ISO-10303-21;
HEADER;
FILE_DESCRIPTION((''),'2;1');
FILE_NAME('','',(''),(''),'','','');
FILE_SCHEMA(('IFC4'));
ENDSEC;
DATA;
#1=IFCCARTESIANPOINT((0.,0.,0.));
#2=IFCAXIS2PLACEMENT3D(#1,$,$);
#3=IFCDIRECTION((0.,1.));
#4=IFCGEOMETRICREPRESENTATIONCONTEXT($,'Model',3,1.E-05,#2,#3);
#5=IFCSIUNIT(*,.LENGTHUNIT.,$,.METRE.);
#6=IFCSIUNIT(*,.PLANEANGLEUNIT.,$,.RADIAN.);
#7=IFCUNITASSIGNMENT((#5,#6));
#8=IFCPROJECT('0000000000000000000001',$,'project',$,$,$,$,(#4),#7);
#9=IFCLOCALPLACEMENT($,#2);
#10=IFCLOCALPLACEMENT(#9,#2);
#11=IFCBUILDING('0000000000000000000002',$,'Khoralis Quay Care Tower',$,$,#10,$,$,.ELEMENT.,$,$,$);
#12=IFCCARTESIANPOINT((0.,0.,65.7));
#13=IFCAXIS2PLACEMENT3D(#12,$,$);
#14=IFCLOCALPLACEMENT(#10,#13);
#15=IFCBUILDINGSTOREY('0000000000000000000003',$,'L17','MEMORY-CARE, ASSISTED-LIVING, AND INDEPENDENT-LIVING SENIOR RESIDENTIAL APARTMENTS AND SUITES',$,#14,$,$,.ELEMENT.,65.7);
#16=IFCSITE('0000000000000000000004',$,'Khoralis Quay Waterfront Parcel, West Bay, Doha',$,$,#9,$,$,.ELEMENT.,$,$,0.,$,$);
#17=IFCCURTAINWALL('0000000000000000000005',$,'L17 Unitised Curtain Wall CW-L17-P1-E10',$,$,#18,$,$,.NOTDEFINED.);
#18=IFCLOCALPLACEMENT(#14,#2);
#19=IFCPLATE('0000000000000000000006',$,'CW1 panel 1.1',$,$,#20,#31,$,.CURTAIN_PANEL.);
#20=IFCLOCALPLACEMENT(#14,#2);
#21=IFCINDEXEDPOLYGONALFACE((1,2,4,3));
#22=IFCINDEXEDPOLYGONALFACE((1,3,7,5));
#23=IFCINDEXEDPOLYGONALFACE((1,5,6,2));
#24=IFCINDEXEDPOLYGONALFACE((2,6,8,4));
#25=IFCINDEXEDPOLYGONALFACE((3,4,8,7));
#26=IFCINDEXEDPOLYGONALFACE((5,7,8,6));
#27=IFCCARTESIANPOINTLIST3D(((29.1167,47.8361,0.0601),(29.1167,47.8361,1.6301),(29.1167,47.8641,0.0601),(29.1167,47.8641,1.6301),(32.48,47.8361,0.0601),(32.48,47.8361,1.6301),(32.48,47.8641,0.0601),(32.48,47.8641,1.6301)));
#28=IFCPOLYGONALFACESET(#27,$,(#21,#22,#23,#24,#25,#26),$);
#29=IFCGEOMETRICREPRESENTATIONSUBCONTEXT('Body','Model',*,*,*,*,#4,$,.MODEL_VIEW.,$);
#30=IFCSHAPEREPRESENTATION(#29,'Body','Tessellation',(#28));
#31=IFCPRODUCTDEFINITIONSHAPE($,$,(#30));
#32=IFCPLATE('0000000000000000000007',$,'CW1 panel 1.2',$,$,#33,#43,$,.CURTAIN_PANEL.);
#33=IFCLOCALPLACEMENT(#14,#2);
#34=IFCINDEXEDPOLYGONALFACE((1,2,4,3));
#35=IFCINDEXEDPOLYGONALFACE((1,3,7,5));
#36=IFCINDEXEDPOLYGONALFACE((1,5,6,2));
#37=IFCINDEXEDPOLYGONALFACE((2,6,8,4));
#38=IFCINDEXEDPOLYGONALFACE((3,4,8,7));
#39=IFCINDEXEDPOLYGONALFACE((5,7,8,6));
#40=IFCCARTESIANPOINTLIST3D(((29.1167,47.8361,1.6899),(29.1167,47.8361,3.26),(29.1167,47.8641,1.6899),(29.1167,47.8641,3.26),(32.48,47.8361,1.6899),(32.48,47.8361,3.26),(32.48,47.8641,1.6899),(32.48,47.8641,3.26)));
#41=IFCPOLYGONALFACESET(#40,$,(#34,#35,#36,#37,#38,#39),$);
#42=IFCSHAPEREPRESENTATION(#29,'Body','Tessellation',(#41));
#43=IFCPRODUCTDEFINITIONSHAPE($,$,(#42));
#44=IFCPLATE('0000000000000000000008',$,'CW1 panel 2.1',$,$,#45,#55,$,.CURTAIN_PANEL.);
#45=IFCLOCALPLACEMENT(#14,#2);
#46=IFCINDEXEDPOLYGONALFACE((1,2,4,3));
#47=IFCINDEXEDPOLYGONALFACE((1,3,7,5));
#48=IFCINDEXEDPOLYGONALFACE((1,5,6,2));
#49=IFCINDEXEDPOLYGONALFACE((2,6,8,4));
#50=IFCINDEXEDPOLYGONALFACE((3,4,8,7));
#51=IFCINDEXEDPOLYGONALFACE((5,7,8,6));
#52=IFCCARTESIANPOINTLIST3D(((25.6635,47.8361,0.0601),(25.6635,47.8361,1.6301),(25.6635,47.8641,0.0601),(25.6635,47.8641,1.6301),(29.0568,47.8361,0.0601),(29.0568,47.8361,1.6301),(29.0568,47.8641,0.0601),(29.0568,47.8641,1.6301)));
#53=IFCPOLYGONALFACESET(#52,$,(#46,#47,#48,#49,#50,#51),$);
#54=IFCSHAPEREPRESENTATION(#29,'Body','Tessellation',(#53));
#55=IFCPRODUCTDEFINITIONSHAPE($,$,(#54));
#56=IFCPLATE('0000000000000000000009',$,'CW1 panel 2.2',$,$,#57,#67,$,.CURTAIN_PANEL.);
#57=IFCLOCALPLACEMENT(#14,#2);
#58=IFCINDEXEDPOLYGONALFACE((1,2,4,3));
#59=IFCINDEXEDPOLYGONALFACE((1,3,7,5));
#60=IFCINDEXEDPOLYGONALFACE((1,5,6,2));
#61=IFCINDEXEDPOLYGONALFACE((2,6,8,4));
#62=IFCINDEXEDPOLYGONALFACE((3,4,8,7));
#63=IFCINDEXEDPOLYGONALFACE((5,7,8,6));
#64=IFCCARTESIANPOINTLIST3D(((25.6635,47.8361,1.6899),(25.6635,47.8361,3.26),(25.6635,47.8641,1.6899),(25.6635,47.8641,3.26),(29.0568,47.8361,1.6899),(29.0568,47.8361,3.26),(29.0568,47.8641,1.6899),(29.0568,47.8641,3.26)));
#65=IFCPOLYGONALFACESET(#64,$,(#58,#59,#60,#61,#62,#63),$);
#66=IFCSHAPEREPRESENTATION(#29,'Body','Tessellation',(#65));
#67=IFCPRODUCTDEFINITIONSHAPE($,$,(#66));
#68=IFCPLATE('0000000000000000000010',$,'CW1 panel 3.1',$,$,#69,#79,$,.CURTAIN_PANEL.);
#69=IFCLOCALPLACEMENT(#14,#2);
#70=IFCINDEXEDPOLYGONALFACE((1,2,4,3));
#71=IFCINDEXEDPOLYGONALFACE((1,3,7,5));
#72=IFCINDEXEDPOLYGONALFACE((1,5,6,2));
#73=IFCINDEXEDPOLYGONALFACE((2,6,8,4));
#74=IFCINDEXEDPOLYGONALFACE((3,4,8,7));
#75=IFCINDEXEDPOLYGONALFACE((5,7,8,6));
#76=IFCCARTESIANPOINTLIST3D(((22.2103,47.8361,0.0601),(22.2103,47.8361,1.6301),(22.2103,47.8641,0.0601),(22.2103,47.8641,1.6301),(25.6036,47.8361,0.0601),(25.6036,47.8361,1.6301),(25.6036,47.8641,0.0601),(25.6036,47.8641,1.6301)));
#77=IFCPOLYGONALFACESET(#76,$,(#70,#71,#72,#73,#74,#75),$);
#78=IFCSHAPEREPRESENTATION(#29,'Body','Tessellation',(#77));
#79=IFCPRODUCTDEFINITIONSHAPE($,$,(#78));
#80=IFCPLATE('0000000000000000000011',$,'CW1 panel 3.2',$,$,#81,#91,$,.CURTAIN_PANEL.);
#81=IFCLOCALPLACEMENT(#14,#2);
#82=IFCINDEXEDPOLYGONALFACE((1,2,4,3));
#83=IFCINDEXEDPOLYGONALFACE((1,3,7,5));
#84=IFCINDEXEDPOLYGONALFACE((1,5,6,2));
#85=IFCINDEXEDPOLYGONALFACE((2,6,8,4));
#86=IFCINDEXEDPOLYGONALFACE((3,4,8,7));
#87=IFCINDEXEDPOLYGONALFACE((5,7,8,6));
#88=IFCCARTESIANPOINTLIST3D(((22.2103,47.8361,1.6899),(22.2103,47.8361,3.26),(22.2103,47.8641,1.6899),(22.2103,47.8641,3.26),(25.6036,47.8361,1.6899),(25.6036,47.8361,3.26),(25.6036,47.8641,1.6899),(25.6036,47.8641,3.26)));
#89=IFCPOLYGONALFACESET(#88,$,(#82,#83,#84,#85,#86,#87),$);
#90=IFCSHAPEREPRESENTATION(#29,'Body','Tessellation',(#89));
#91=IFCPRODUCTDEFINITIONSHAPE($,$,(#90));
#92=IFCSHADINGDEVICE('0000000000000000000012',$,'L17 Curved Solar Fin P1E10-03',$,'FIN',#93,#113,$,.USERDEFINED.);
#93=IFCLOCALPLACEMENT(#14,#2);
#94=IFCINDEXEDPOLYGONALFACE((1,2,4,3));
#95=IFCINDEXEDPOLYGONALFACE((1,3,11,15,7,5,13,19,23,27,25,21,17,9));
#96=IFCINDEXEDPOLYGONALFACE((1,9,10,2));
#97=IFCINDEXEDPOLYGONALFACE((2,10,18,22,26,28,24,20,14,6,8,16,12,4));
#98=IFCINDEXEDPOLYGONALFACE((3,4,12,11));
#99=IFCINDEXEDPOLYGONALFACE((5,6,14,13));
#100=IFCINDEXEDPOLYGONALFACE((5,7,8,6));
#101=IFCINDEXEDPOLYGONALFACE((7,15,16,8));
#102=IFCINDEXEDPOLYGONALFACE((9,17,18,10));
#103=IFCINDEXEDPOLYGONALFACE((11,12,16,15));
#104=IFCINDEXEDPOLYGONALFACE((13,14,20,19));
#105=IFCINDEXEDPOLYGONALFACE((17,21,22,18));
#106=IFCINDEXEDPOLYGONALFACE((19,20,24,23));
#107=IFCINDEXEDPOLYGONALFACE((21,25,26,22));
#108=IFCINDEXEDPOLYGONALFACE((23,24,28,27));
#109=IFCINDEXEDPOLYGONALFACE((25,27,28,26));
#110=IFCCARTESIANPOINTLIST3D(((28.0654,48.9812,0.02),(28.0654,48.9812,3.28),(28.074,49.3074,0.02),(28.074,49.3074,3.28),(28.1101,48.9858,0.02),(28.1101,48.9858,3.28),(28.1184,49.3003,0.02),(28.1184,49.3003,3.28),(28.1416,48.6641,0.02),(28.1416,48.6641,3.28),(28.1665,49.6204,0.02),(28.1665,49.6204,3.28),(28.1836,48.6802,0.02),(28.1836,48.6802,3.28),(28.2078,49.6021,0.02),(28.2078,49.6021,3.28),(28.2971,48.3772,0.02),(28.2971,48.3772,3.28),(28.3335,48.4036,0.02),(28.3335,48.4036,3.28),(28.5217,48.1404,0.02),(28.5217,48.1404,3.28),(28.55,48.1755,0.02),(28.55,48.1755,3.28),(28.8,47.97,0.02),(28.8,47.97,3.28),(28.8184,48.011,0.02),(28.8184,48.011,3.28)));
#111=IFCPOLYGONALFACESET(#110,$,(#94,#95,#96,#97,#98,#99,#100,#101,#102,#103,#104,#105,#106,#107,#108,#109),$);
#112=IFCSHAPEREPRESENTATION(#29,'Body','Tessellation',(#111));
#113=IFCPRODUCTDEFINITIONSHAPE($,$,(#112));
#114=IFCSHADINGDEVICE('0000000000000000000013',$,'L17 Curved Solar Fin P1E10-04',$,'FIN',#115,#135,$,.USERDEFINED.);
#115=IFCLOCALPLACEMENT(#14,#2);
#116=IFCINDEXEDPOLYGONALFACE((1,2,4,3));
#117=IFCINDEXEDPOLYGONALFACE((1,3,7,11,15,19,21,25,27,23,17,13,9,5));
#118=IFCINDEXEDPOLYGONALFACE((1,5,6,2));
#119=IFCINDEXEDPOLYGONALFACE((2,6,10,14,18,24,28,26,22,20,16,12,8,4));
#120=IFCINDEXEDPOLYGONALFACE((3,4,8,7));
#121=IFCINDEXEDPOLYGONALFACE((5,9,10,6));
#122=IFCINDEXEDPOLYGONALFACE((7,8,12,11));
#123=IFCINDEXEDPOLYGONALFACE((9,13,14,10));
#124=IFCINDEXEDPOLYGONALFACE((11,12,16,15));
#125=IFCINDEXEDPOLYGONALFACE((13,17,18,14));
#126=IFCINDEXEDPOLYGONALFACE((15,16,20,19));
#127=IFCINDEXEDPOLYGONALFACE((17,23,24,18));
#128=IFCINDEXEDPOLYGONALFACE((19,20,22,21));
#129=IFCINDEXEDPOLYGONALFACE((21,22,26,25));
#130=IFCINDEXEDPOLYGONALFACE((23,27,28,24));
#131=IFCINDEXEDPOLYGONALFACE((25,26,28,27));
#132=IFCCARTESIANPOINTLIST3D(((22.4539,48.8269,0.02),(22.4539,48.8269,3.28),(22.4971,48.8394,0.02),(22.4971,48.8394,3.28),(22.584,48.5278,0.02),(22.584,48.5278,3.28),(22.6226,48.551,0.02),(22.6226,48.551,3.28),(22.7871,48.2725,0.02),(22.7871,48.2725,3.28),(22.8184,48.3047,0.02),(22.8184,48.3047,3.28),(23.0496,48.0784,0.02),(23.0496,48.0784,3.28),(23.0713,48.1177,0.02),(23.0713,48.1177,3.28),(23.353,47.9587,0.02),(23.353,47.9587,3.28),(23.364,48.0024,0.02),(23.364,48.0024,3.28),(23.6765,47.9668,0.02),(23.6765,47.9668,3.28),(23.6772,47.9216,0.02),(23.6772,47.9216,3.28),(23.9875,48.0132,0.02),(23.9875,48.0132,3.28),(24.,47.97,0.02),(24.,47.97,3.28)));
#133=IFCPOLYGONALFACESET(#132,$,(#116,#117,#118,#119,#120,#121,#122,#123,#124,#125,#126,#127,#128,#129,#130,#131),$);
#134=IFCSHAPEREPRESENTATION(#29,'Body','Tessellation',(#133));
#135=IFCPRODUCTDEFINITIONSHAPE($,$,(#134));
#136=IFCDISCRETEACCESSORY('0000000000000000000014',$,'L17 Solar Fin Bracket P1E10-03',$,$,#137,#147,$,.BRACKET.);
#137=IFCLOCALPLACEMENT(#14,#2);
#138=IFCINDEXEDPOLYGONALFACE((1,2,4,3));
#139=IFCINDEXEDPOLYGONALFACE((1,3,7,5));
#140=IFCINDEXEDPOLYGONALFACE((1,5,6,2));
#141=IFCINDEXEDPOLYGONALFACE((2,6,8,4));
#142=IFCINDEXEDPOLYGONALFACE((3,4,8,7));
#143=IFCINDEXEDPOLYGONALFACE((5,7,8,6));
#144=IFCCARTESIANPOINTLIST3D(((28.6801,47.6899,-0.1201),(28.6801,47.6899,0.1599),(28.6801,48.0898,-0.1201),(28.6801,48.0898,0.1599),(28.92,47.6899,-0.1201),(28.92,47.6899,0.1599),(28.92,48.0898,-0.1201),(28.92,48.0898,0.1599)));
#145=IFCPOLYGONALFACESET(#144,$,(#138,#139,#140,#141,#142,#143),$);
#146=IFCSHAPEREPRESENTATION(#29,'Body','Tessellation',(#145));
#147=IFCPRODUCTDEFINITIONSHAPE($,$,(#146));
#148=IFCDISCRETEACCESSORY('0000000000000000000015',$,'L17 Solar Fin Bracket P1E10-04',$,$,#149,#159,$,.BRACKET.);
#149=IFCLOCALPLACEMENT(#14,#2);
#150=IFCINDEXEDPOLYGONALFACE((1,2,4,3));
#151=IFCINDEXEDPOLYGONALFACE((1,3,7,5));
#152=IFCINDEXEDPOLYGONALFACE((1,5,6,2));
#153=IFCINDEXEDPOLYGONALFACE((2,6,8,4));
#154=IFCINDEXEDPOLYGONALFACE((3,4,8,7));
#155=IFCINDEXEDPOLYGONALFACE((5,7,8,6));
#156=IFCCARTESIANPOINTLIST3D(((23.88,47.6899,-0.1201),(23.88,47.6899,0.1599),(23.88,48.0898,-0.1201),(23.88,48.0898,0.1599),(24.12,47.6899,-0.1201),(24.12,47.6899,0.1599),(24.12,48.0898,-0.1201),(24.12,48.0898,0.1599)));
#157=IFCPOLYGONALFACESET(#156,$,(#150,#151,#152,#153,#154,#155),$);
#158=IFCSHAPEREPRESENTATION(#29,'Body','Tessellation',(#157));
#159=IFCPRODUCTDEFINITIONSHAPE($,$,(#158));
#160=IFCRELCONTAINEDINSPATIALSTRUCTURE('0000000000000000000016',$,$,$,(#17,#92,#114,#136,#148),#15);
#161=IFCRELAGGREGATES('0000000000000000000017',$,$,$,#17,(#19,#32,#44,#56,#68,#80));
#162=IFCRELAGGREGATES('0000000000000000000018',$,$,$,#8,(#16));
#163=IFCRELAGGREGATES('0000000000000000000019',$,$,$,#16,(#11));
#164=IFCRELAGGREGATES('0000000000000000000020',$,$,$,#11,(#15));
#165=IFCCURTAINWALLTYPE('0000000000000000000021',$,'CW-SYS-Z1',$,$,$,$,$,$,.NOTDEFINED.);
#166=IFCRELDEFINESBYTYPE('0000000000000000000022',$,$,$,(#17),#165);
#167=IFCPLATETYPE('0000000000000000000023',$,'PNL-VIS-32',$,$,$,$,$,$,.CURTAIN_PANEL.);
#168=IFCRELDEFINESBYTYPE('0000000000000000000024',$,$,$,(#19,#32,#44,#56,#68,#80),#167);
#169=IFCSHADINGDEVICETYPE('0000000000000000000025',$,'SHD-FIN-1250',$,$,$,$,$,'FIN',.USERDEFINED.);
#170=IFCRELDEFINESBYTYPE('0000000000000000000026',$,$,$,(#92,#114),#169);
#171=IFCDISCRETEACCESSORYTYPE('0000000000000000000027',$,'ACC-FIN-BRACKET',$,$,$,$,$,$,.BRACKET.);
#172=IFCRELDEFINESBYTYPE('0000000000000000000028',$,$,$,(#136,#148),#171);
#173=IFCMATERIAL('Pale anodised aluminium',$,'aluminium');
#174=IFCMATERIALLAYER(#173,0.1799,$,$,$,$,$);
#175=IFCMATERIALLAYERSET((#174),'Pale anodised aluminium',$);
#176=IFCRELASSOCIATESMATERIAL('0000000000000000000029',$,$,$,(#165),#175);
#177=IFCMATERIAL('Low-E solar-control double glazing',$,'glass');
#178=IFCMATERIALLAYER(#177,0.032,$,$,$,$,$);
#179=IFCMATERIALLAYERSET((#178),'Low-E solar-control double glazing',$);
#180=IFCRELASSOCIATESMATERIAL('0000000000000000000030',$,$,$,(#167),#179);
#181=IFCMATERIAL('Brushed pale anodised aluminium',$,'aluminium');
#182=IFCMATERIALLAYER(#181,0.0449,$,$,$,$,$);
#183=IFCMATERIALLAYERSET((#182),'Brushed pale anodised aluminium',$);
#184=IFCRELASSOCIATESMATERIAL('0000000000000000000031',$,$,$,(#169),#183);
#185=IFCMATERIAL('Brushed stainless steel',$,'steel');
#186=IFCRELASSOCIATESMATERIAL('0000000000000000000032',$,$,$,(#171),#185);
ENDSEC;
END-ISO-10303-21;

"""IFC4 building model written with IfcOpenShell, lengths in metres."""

from ifc_helpers import new_model, si_unit, direction, frame, origin, origin_2d, place, context, subcontext, project, spatial, polyline, rectangle, outline, extrude, source, transform, mapped, material, layer, layer_set, type_object, element, aggregate, save


model = new_model("IFC4")

# Units and contexts
model_context = context("Model", 3, precision=1e-05, world=origin(), true_north=direction((0.0, 1.0)))
body_context = subcontext(model_context, "Body", "Model", "MODEL_VIEW")
ifc_project = project(units=[si_unit("LENGTHUNIT", "METRE"), si_unit("PLANEANGLEUNIT", "RADIAN")], contexts=[model_context])

# Site, building, storey
site_placement = place(None, origin())
site = spatial("IfcSite", under=ifc_project, at=site_placement, Name="Khoralis Quay Waterfront Parcel, West Bay, Doha", CompositionType="ELEMENT", RefElevation=0.0)
building_placement = place(site_placement, origin())
building = spatial("IfcBuilding", under=site, at=building_placement, Name="Khoralis Quay Care Tower", CompositionType="ELEMENT")
storey_placement = place(building_placement, frame((0.0, 0.0, 65.7)))
storey = spatial("IfcBuildingStorey", under=building, at=storey_placement, Name="L17", Description="MEMORY-CARE, ASSISTED-LIVING, AND INDEPENDENT-LIVING SENIOR RESIDENTIAL APARTMENTS AND SUITES", CompositionType="ELEMENT", Elevation=65.7)

# Curtain wall
ifc_material_1 = material(Name="Pale anodised aluminium", Category="aluminium")
ifc_layer_1 = layer(ifc_material_1, 0.1799)
ifc_layer_set_1 = layer_set([ifc_layer_1], Name="Pale anodised aluminium")
curtain_wall_type = type_object("IfcCurtainWallType", Name="CW-SYS-Z1", PredefinedType="NOTDEFINED", material=ifc_layer_set_1)
curtain_wall_placement = place(storey_placement, origin())
curtain_wall = element("IfcCurtainWall", 1, at=curtain_wall_placement, inside=storey, type_object=curtain_wall_type, Name="L17 Unitised Curtain Wall CW-L17-P1-E10", PredefinedType="NOTDEFINED")

# Plates
ifc_material_2 = material(Name="Low-E solar-control double glazing", Category="glass")
ifc_layer_2 = layer(ifc_material_2, 0.032)
ifc_layer_set_2 = layer_set([ifc_layer_2], Name="Low-E solar-control double glazing")
plate_type = type_object("IfcPlateType", Name="PNL-VIS-32", PredefinedType="CURTAIN_PANEL", material=ifc_layer_set_2)
shared_shape_1 = source(origin(), body_context, "Body", "SweptSolid", [
    extrude(rectangle(XDim=3.3633, YDim=0.0281, at=origin_2d()), origin(), (0.0, 0.0, 1.0), 1.5701),
])
plate_1_placement = place(storey_placement, frame((30.7983, 47.8501, 0.0601), z_axis=(0.0, 0.0, 1.0), x_axis=(-1.0, 0.0, 0.0)))
plate_1 = element("IfcPlate", 2, at=plate_1_placement, type_object=plate_type, Name="CW1 panel 1.1", PredefinedType="CURTAIN_PANEL", context=body_context, shape_type="MappedRepresentation", body=[
    mapped(shared_shape_1, transform((0.0, 0.0, 0.0), scale=1.0)),
])
plate_2_placement = place(storey_placement, frame((30.7983, 47.8501, 1.6899), z_axis=(0.0, 0.0, 1.0), x_axis=(-1.0, 0.0, 0.0)))
plate_2 = element("IfcPlate", 3, at=plate_2_placement, type_object=plate_type, Name="CW1 panel 1.2", PredefinedType="CURTAIN_PANEL", context=body_context, shape_type="MappedRepresentation", body=[
    mapped(shared_shape_1, transform((0.0, 0.0, 0.0), scale=1.0)),
])
shared_shape_2 = source(origin(), body_context, "Body", "SweptSolid", [
    extrude(rectangle(XDim=3.3933, YDim=0.0281, at=origin_2d()), origin(), (0.0, 0.0, 1.0), 1.5701),
])
plate_3_placement = place(storey_placement, frame((27.3601, 47.8501, 0.0601), z_axis=(0.0, 0.0, 1.0), x_axis=(-1.0, 0.0, 0.0)))
plate_3 = element("IfcPlate", 4, at=plate_3_placement, type_object=plate_type, Name="CW1 panel 2.1", PredefinedType="CURTAIN_PANEL", context=body_context, shape_type="MappedRepresentation", body=[
    mapped(shared_shape_2, transform((0.0, 0.0, 0.0), scale=1.0)),
])
plate_4_placement = place(storey_placement, frame((27.3601, 47.8501, 1.6899), z_axis=(0.0, 0.0, 1.0), x_axis=(-1.0, 0.0, 0.0)))
plate_4 = element("IfcPlate", 5, at=plate_4_placement, type_object=plate_type, Name="CW1 panel 2.2", PredefinedType="CURTAIN_PANEL", context=body_context, shape_type="MappedRepresentation", body=[
    mapped(shared_shape_2, transform((0.0, 0.0, 0.0), scale=1.0)),
])
plate_5_placement = place(storey_placement, frame((23.907, 47.8501, 0.0601), z_axis=(0.0, 0.0, 1.0), x_axis=(-1.0, 0.0, 0.0)))
plate_5 = element("IfcPlate", 6, at=plate_5_placement, type_object=plate_type, Name="CW1 panel 3.1", PredefinedType="CURTAIN_PANEL", context=body_context, shape_type="MappedRepresentation", body=[
    mapped(shared_shape_2, transform((0.0, 0.0, 0.0), scale=1.0)),
])
plate_6_placement = place(storey_placement, frame((23.907, 47.8501, 1.6899), z_axis=(0.0, 0.0, 1.0), x_axis=(-1.0, 0.0, 0.0)))
plate_6 = element("IfcPlate", 7, at=plate_6_placement, type_object=plate_type, Name="CW1 panel 3.2", PredefinedType="CURTAIN_PANEL", context=body_context, shape_type="MappedRepresentation", body=[
    mapped(shared_shape_2, transform((0.0, 0.0, 0.0), scale=1.0)),
])
aggregate(curtain_wall, [plate_1, plate_2, plate_3, plate_4, plate_5, plate_6])

# Shading devices
ifc_material_3 = material(Name="Brushed pale anodised aluminium", Category="aluminium")
ifc_layer_3 = layer(ifc_material_3, 0.0449)
ifc_layer_set_3 = layer_set([ifc_layer_3], Name="Brushed pale anodised aluminium")
shading_device_type = type_object("IfcShadingDeviceType", Name="SHD-FIN-1250", ElementType="FIN", PredefinedType="USERDEFINED", material=ifc_layer_set_3)
shared_shape_3 = source(origin(), body_context, "Body", "SweptSolid", [
    extrude(outline(polyline([(0.0, 0.0), (0.1704, 0.2783), (0.4072, 0.5029), (0.6941, 0.6584), (1.0112, 0.7346), (1.3374, 0.7261), (1.6504, 0.6335), (1.6321, 0.5923), (1.3303, 0.6816), (1.0159, 0.6899), (0.7102, 0.6165), (0.4336, 0.4666), (0.2056, 0.25), (0.041, -0.0183), (0.0, 0.0)])), origin(), (0.0, 0.0, 1.0), 3.26),
])
shading_device_1_placement = place(storey_placement, frame((28.8, 47.97, 0.02), z_axis=(0.0, 0.0, 1.0), x_axis=(0.0, 1.0, 0.0)))
element("IfcShadingDevice", 8, at=shading_device_1_placement, inside=storey, type_object=shading_device_type, Name="L17 Curved Solar Fin P1E10-03", ObjectType="FIN", PredefinedType="USERDEFINED", context=body_context, shape_type="MappedRepresentation", body=[
    mapped(shared_shape_3, transform((0.0, 0.0, 0.0), scale=1.0)),
])
shared_shape_4 = source(origin(), body_context, "Body", "SweptSolid", [
    extrude(outline(polyline([(0.0, 0.0), (-0.0483, 0.3228), (-0.0112, 0.647), (0.1084, 0.9504), (0.3025, 1.2129), (0.5579, 1.416), (0.8569, 1.5461), (0.8694, 1.5029), (0.5811, 1.3774), (0.3347, 1.1816), (0.1477, 0.9287), (0.0325, 0.636), (-0.0032, 0.3235), (0.0432, 0.0125), (0.0, 0.0)])), origin(), (0.0, 0.0, 1.0), 3.26),
])
shading_device_2_placement = place(storey_placement, frame((24.0, 47.97, 0.02), z_axis=(0.0, 0.0, 1.0), x_axis=(0.0, 1.0, 0.0)))
element("IfcShadingDevice", 9, at=shading_device_2_placement, inside=storey, type_object=shading_device_type, Name="L17 Curved Solar Fin P1E10-04", ObjectType="FIN", PredefinedType="USERDEFINED", context=body_context, shape_type="MappedRepresentation", body=[
    mapped(shared_shape_4, transform((0.0, 0.0, 0.0), scale=1.0)),
])

# Discrete accessories
ifc_material_4 = material(Name="Brushed stainless steel", Category="steel")
discrete_accessory_type = type_object("IfcDiscreteAccessoryType", Name="ACC-FIN-BRACKET", PredefinedType="BRACKET", material=ifc_material_4)
shared_shape_5 = source(origin(), body_context, "Body", "SweptSolid", [
    extrude(rectangle(XDim=0.3999, YDim=0.24, at=origin_2d()), origin(), (0.0, 0.0, 1.0), 0.28),
])
for number, where, z_axis, x_axis, name in (
    (10, (28.8, 47.8899, -0.1201), (0.0, 0.0, 1.0), (0.0, 1.0, 0.0), "L17 Solar Fin Bracket P1E10-03"),
    (11, (24.0, 47.8899, -0.1201), (0.0, 0.0, 1.0), (0.0, 1.0, 0.0), "L17 Solar Fin Bracket P1E10-04"),
):
    element("IfcDiscreteAccessory", number, at=place(storey_placement, frame(where, z_axis=z_axis, x_axis=x_axis)), inside=storey, type_object=discrete_accessory_type, Name=name, PredefinedType="BRACKET", context=body_context, shape_type="MappedRepresentation", body=[
        mapped(shared_shape_5, transform((0.0, 0.0, 0.0), scale=1.0)),
    ])

save(model, "model.ifc")
